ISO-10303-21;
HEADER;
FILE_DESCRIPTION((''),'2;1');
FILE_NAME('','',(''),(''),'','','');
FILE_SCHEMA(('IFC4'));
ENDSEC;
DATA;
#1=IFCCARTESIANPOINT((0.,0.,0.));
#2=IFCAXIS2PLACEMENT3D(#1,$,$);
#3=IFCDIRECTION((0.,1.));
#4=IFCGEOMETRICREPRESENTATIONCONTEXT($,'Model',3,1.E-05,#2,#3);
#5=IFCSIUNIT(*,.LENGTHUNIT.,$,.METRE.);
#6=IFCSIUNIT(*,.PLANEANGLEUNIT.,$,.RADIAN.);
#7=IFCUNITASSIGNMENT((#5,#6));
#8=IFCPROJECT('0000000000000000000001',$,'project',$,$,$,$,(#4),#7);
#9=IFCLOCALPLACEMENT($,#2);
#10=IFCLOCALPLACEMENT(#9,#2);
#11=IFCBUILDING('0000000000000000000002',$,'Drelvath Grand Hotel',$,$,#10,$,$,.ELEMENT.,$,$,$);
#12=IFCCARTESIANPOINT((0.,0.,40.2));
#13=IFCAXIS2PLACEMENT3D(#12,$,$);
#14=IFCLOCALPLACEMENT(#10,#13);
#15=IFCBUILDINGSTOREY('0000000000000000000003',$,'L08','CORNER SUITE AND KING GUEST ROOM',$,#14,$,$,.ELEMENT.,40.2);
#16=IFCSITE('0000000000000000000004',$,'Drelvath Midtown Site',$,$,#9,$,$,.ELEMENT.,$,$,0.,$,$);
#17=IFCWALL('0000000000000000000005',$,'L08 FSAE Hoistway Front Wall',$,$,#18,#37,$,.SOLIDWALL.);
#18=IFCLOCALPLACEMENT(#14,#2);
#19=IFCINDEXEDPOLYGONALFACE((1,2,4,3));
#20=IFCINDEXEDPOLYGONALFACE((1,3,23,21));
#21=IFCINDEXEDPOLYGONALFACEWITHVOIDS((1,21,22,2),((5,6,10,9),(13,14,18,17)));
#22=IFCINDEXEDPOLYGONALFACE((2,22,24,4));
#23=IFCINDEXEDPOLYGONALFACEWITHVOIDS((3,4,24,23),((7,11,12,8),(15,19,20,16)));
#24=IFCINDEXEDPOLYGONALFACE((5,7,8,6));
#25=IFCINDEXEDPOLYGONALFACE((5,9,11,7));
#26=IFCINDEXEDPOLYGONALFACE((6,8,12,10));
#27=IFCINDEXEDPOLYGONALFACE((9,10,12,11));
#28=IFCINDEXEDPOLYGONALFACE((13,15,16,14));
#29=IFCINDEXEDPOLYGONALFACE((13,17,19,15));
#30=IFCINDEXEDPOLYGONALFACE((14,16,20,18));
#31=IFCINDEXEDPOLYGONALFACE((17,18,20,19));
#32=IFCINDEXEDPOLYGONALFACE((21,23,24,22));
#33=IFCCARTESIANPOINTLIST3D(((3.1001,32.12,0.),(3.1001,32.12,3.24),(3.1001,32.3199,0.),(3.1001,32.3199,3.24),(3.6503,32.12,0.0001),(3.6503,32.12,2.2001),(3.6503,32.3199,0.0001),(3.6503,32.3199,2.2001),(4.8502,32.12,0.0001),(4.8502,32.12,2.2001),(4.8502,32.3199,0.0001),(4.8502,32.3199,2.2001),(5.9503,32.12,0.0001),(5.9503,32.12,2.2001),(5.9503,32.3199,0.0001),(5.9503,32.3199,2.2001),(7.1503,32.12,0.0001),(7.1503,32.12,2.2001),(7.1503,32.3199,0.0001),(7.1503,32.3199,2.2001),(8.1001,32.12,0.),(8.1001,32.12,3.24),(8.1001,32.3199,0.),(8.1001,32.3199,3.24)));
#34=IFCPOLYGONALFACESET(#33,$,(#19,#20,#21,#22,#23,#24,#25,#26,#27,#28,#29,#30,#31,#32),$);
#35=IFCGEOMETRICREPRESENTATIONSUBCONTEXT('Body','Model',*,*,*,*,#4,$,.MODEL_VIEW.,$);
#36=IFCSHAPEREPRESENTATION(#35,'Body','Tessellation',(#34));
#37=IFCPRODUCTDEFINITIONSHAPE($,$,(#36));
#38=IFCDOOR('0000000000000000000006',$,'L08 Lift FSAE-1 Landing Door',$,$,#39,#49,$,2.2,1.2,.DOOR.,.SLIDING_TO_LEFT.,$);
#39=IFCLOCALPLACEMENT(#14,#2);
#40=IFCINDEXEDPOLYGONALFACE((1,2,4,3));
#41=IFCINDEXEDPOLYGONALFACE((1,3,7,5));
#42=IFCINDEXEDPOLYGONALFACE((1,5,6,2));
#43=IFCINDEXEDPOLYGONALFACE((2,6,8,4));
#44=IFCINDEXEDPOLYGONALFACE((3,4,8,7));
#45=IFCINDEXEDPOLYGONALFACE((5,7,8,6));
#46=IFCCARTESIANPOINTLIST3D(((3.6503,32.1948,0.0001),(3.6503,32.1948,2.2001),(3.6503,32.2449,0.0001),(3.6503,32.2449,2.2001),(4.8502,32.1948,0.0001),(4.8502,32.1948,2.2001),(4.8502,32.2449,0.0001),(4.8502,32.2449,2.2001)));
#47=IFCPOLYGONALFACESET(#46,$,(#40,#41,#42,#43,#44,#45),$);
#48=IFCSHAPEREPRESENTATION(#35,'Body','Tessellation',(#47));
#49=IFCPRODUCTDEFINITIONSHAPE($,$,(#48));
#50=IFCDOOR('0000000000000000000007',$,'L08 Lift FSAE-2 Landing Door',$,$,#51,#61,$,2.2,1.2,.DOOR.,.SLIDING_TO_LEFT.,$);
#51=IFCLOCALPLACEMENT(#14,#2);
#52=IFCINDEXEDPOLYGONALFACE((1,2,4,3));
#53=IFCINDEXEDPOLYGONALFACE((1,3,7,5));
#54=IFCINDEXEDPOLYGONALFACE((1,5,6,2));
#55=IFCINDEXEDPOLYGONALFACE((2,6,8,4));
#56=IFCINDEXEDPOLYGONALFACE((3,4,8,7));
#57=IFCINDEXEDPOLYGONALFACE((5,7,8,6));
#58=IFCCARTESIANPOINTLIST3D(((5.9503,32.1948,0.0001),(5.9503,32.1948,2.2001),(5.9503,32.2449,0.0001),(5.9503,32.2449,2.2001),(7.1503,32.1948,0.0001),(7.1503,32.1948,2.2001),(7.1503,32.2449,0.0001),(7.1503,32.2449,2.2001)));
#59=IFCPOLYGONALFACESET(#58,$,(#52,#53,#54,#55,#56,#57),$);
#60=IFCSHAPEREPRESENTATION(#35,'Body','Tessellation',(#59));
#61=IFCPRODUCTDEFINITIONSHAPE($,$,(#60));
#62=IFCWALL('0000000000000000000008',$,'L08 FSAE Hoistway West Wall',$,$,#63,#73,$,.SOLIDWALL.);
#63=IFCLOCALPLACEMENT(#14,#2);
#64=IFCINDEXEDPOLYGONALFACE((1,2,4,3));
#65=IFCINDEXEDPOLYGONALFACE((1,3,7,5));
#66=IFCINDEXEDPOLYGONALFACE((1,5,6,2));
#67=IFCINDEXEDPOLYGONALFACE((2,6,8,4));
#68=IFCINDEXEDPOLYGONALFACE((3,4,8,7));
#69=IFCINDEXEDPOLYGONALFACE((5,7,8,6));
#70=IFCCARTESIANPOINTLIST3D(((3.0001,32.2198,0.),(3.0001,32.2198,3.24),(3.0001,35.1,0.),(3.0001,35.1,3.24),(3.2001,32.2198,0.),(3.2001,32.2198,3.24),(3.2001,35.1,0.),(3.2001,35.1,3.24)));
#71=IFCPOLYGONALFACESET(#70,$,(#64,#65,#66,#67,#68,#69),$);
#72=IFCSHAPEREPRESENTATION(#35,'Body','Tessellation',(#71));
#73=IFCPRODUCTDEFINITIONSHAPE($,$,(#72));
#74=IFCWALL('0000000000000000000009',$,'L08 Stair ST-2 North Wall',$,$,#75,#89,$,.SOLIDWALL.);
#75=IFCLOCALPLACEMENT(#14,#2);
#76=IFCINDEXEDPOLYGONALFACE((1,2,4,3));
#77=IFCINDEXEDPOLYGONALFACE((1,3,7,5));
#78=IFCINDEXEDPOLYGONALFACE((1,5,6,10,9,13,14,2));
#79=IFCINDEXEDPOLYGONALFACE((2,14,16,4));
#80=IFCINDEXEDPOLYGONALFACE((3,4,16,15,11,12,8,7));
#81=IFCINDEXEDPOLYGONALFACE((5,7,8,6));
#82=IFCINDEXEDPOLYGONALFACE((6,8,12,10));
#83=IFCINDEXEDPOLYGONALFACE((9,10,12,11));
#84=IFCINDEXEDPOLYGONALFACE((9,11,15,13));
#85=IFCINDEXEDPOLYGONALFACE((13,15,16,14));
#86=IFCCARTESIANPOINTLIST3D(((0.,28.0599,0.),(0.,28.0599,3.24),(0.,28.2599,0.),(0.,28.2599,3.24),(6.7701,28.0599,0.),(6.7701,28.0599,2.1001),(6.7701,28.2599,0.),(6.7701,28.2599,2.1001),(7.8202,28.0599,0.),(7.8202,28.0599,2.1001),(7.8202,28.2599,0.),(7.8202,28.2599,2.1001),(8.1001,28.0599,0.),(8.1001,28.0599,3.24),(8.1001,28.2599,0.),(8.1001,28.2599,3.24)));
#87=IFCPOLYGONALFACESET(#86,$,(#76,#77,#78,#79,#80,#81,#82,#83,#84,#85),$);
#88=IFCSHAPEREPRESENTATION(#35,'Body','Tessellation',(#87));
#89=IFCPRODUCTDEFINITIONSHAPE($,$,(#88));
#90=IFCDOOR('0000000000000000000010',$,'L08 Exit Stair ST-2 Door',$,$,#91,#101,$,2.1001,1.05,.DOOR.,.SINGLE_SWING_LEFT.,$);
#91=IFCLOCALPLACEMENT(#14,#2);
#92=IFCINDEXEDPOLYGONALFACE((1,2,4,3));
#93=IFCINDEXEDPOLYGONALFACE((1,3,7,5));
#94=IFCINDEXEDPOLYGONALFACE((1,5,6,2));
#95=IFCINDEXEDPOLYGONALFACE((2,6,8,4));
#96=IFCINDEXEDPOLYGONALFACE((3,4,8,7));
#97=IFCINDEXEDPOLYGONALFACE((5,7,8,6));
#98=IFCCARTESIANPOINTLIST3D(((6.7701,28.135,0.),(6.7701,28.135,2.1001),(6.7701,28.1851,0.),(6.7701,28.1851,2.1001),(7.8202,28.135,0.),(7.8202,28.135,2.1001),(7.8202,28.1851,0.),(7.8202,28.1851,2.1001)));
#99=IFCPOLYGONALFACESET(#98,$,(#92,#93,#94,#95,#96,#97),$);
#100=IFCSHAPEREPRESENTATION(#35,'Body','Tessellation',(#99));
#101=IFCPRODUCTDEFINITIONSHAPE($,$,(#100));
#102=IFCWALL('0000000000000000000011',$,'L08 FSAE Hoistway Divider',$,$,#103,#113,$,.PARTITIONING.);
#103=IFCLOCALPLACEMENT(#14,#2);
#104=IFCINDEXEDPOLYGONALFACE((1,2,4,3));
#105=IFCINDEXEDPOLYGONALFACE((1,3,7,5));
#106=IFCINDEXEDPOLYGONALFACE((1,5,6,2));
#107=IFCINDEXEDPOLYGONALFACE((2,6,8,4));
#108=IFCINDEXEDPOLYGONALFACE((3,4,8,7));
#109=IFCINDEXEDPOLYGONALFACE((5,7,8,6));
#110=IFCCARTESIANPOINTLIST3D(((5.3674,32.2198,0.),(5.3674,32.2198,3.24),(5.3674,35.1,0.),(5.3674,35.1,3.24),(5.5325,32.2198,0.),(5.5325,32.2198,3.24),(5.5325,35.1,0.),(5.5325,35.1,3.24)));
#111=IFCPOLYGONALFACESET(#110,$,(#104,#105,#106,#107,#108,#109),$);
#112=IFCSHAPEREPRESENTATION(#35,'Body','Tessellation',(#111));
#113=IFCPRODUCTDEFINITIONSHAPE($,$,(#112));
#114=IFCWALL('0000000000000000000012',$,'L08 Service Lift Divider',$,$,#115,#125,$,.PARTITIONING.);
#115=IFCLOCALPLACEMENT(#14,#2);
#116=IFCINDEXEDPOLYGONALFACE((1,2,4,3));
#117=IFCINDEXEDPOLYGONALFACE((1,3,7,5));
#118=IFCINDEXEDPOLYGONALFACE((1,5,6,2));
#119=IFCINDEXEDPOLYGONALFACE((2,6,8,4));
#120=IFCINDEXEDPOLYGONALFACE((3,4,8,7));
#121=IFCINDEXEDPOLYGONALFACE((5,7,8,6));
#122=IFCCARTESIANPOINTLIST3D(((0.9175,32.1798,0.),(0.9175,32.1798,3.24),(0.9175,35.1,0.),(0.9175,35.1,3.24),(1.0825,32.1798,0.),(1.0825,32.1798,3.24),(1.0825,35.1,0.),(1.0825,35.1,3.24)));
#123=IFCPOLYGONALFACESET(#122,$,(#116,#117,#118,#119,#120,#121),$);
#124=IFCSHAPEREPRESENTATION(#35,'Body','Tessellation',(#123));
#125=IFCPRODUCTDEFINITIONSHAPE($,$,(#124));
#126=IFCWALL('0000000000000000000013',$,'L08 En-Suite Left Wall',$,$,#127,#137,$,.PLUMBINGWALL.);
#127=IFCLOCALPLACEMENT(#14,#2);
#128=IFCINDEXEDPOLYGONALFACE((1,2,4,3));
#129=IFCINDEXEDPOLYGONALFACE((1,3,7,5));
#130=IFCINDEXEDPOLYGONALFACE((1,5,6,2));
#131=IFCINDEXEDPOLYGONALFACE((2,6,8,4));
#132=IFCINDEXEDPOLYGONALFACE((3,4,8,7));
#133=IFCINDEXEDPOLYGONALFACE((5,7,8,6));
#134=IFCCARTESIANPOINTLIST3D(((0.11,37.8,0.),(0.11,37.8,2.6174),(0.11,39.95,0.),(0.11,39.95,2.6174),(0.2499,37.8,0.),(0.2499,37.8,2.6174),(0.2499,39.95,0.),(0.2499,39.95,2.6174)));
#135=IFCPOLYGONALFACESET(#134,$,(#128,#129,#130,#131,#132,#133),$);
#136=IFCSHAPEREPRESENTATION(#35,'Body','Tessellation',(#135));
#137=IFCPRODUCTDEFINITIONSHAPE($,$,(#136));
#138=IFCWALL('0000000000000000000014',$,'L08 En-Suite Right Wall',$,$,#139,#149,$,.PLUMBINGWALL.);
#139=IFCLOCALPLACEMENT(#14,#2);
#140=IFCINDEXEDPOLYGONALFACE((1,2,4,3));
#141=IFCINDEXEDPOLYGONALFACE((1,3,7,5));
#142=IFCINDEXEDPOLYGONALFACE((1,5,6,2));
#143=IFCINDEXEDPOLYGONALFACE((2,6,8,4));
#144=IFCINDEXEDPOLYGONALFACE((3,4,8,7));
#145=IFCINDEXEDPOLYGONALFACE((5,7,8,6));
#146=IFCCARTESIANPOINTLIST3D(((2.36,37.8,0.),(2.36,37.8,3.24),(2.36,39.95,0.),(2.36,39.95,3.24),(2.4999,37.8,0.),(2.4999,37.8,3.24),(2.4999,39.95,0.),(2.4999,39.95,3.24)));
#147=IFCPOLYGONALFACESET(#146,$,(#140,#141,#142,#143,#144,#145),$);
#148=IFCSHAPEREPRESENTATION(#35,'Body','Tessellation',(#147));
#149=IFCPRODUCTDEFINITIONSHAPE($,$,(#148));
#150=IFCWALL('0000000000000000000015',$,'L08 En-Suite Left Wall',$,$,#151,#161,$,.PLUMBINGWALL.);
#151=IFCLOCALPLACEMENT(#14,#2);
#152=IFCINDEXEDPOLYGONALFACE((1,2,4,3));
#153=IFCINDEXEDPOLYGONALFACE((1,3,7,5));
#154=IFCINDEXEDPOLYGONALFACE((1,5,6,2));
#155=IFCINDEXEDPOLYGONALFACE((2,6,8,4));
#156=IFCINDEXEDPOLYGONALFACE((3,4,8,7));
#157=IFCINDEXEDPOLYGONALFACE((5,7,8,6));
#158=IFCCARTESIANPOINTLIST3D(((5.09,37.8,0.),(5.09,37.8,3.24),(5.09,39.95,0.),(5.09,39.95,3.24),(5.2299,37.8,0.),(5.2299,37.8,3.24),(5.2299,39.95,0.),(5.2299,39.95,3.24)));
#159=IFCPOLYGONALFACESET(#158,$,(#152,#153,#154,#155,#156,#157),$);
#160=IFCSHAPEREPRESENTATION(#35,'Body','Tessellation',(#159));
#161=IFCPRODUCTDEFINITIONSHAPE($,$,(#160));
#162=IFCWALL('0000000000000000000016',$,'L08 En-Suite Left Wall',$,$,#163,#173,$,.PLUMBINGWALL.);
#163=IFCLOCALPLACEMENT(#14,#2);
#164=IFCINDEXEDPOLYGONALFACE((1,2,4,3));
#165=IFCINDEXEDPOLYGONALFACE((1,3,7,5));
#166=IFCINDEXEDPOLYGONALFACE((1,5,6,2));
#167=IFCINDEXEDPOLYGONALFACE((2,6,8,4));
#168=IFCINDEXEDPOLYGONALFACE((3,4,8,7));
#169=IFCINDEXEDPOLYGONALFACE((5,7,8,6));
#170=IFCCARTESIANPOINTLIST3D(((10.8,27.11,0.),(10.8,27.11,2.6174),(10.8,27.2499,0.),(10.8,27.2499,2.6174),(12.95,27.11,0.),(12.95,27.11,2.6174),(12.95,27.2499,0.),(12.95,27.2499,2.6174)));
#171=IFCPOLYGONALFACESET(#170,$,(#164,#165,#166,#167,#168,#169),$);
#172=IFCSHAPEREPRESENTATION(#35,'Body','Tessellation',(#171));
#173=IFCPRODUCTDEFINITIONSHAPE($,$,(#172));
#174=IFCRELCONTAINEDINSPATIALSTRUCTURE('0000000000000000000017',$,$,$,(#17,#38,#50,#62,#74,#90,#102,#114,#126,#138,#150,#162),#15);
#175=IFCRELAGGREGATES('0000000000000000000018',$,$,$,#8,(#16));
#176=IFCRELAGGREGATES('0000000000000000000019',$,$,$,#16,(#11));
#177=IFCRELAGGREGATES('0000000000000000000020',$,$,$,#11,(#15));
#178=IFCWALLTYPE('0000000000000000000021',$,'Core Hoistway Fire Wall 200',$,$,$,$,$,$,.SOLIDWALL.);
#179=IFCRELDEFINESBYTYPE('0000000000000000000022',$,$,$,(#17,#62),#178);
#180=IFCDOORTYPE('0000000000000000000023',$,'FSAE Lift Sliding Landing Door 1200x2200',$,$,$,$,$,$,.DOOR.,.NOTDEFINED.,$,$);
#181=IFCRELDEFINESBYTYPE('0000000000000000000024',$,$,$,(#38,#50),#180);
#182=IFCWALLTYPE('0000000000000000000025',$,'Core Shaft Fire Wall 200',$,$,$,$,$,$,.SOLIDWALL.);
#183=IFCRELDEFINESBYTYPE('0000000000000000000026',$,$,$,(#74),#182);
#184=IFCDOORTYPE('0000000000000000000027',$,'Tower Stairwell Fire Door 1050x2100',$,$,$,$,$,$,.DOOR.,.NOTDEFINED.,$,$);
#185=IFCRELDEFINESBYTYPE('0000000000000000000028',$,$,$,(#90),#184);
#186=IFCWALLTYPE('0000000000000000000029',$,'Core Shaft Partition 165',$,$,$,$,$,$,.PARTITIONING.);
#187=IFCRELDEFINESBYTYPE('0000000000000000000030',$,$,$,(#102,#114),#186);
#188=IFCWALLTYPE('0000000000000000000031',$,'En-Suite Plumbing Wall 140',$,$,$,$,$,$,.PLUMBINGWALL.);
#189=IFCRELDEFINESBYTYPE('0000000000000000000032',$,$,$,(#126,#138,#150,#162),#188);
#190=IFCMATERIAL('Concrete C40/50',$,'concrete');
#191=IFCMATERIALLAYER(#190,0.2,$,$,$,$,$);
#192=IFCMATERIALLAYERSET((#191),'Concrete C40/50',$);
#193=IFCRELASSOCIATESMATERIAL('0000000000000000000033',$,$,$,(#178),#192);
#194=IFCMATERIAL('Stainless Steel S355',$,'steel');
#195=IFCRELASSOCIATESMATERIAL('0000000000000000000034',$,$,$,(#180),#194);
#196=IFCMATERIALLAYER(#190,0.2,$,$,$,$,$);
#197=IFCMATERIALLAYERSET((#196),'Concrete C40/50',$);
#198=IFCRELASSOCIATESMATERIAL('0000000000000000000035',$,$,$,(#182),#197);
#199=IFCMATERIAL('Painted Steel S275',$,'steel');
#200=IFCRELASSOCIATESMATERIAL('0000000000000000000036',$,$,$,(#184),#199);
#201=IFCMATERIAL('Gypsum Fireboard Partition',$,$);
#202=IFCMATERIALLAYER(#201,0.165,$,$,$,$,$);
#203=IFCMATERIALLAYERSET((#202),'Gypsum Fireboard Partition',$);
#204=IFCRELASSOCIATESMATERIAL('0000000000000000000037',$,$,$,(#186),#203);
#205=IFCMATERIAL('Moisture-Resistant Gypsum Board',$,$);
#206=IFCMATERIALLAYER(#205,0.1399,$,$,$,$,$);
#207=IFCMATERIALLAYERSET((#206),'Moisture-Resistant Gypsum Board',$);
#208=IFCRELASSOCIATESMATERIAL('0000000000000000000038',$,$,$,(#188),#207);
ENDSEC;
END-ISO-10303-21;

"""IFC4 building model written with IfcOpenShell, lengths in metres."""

from ifc_helpers import new_model, si_unit, direction, frame, frame_2d, origin, place, context, subcontext, project, spatial, rectangle, extrude, material, layer, layer_set, type_object, element, fill, save


model = new_model("IFC4")

# Units and contexts
model_context = context("Model", 3, precision=1e-05, world=origin(), true_north=direction((0.0, 1.0)))
body_context = subcontext(model_context, "Body", "Model", "MODEL_VIEW")
ifc_project = project(units=[si_unit("LENGTHUNIT", "METRE"), si_unit("PLANEANGLEUNIT", "RADIAN")], contexts=[model_context])

# Site, building, storey
site_placement = place(None, origin())
site = spatial("IfcSite", under=ifc_project, at=site_placement, Name="Drelvath Midtown Site", CompositionType="ELEMENT", RefElevation=0.0)
building_placement = place(site_placement, origin())
building = spatial("IfcBuilding", under=site, at=building_placement, Name="Drelvath Grand Hotel", CompositionType="ELEMENT")
storey_placement = place(building_placement, frame((0.0, 0.0, 40.2)))
storey = spatial("IfcBuildingStorey", under=building, at=storey_placement, Name="L08", Description="CORNER SUITE AND KING GUEST ROOM", CompositionType="ELEMENT", Elevation=40.2)

# Wall, openings, doors
ifc_material_1 = material(Name="Concrete C40/50", Category="concrete")
ifc_layer_1 = layer(ifc_material_1, 0.2)
ifc_layer_set_1 = layer_set([ifc_layer_1], Name="Concrete C40/50")
wall_type_1 = type_object("IfcWallType", Name="Core Hoistway Fire Wall 200", PredefinedType="SOLIDWALL", material=ifc_layer_set_1)
wall_1_placement = place(storey_placement, frame((3.1001, 32.22, 0.0), z_axis=(0.0, 0.0, 1.0), x_axis=(1.0, 0.0, 0.0)))
wall_1 = element("IfcWall", 1, at=wall_1_placement, inside=storey, type_object=wall_type_1, Name="L08 FSAE Hoistway Front Wall", PredefinedType="SOLIDWALL", context=body_context, shape_type="SweptSolid", body=[
    extrude(rectangle(XDim=5.0, YDim=0.2, at=frame_2d((2.5, 0.0))), origin(), (0.0, 0.0, 1.0), 3.24),
])
opening_1_placement = place(wall_1_placement, frame((0.55, 0.0, 0.0)))
opening_1 = element("IfcOpeningElement", 2, at=opening_1_placement, cuts=wall_1, PredefinedType="OPENING", context=body_context, shape_type="SweptSolid", body=[
    extrude(rectangle(XDim=1.2, YDim=2.2, at=frame_2d((0.6001, 1.1001))), frame((0.0, 0.1099, 0.0), z_axis=(0.0, -1.0, 0.0), x_axis=(1.0, 0.0, 0.0)), (0.0, 0.0, 1.0), 0.22),
])
opening_2_placement = place(wall_1_placement, frame((2.8501, 0.0, 0.0)))
opening_2 = element("IfcOpeningElement", 3, at=opening_2_placement, cuts=wall_1, PredefinedType="OPENING", context=body_context, shape_type="SweptSolid", body=[
    extrude(rectangle(XDim=1.2, YDim=2.2, at=frame_2d((0.6001, 1.1001))), frame((0.0, 0.1099, 0.0), z_axis=(0.0, -1.0, 0.0), x_axis=(1.0, 0.0, 0.0)), (0.0, 0.0, 1.0), 0.22),
])
ifc_material_2 = material(Name="Stainless Steel S355", Category="steel")
door_type_1 = type_object("IfcDoorType", Name="FSAE Lift Sliding Landing Door 1200x2200", OperationType="NOTDEFINED", PredefinedType="DOOR", material=ifc_material_2)
door_1_placement = place(opening_1_placement, origin())
door_1 = element("IfcDoor", 4, at=door_1_placement, inside=storey, type_object=door_type_1, Name="L08 Lift FSAE-1 Landing Door", OperationType="SLIDING_TO_LEFT", OverallHeight=2.2, OverallWidth=1.2, PredefinedType="DOOR", context=body_context, shape_type="SweptSolid", body=[
    extrude(rectangle(XDim=1.2, YDim=2.2, at=frame_2d((0.6001, 1.1001))), frame((0.0, 0.0249, 0.0), z_axis=(0.0, -1.0, 0.0), x_axis=(1.0, 0.0, 0.0)), (0.0, 0.0, 1.0), 0.05),
])
fill(opening_1, door_1)
door_2_placement = place(opening_2_placement, origin())
door_2 = element("IfcDoor", 5, at=door_2_placement, inside=storey, type_object=door_type_1, Name="L08 Lift FSAE-2 Landing Door", OperationType="SLIDING_TO_LEFT", OverallHeight=2.2, OverallWidth=1.2, PredefinedType="DOOR", context=body_context, shape_type="SweptSolid", body=[
    extrude(rectangle(XDim=1.2, YDim=2.2, at=frame_2d((0.6001, 1.1001))), frame((0.0, 0.0249, 0.0), z_axis=(0.0, -1.0, 0.0), x_axis=(1.0, 0.0, 0.0)), (0.0, 0.0, 1.0), 0.05),
])
fill(opening_2, door_2)

# Wall
wall_2_placement = place(storey_placement, frame((3.1001, 32.22, 0.0), z_axis=(0.0, 0.0, 1.0), x_axis=(0.0, 1.0, 0.0)))
element("IfcWall", 6, at=wall_2_placement, inside=storey, type_object=wall_type_1, Name="L08 FSAE Hoistway West Wall", PredefinedType="SOLIDWALL", context=body_context, shape_type="SweptSolid", body=[
    extrude(rectangle(XDim=2.8801, YDim=0.2, at=frame_2d((1.4399, 0.0))), origin(), (0.0, 0.0, 1.0), 3.24),
])

# Wall, opening, door
ifc_layer_2 = layer(ifc_material_1, 0.2)
ifc_layer_set_2 = layer_set([ifc_layer_2], Name="Concrete C40/50")
wall_type_2 = type_object("IfcWallType", Name="Core Shaft Fire Wall 200", PredefinedType="SOLIDWALL", material=ifc_layer_set_2)
wall_3_placement = place(storey_placement, frame((8.1001, 28.1599, 0.0), z_axis=(0.0, 0.0, 1.0), x_axis=(-1.0, 0.0, 0.0)))
wall_3 = element("IfcWall", 7, at=wall_3_placement, inside=storey, type_object=wall_type_2, Name="L08 Stair ST-2 North Wall", PredefinedType="SOLIDWALL", context=body_context, shape_type="SweptSolid", body=[
    extrude(rectangle(XDim=8.1001, YDim=0.2, at=frame_2d((4.05, 0.0))), origin(), (0.0, 0.0, 1.0), 3.24),
])
opening_3_placement = place(wall_3_placement, frame((0.28, 0.0, 0.0)))
opening_3 = element("IfcOpeningElement", 8, at=opening_3_placement, cuts=wall_3, PredefinedType="OPENING", context=body_context, shape_type="SweptSolid", body=[
    extrude(rectangle(XDim=1.05, YDim=2.1001, at=frame_2d((0.5249, 1.05))), frame((0.0, 0.1099, 0.0), z_axis=(0.0, -1.0, 0.0), x_axis=(1.0, 0.0, 0.0)), (0.0, 0.0, 1.0), 0.22),
])
ifc_material_3 = material(Name="Painted Steel S275", Category="steel")
door_type_2 = type_object("IfcDoorType", Name="Tower Stairwell Fire Door 1050x2100", OperationType="NOTDEFINED", PredefinedType="DOOR", material=ifc_material_3)
door_3_placement = place(opening_3_placement, origin())
door_3 = element("IfcDoor", 9, at=door_3_placement, inside=storey, type_object=door_type_2, Name="L08 Exit Stair ST-2 Door", OperationType="SINGLE_SWING_LEFT", OverallHeight=2.1001, OverallWidth=1.05, PredefinedType="DOOR", context=body_context, shape_type="SweptSolid", body=[
    extrude(rectangle(XDim=1.05, YDim=2.1001, at=frame_2d((0.5249, 1.05))), frame((0.0, 0.0249, 0.0), z_axis=(0.0, -1.0, 0.0), x_axis=(1.0, 0.0, 0.0)), (0.0, 0.0, 1.0), 0.05),
])
fill(opening_3, door_3)

# Walls
ifc_material_4 = material(Name="Gypsum Fireboard Partition")
ifc_layer_3 = layer(ifc_material_4, 0.165)
ifc_layer_set_3 = layer_set([ifc_layer_3], Name="Gypsum Fireboard Partition")
wall_type_3 = type_object("IfcWallType", Name="Core Shaft Partition 165", PredefinedType="PARTITIONING", material=ifc_layer_set_3)
wall_4_placement = place(storey_placement, frame((5.45, 32.22, 0.0), z_axis=(0.0, 0.0, 1.0), x_axis=(0.0, 1.0, 0.0)))
element("IfcWall", 10, at=wall_4_placement, inside=storey, type_object=wall_type_3, Name="L08 FSAE Hoistway Divider", PredefinedType="PARTITIONING", context=body_context, shape_type="SweptSolid", body=[
    extrude(rectangle(XDim=2.8801, YDim=0.165, at=frame_2d((1.4399, 0.0))), origin(), (0.0, 0.0, 1.0), 3.24),
])
wall_5_placement = place(storey_placement, frame((1.0, 32.1799, 0.0), z_axis=(0.0, 0.0, 1.0), x_axis=(0.0, 1.0, 0.0)))
element("IfcWall", 11, at=wall_5_placement, inside=storey, type_object=wall_type_3, Name="L08 Service Lift Divider", PredefinedType="PARTITIONING", context=body_context, shape_type="SweptSolid", body=[
    extrude(rectangle(XDim=2.9202, YDim=0.165, at=frame_2d((1.46, 0.0))), origin(), (0.0, 0.0, 1.0), 3.24),
])
ifc_material_5 = material(Name="Moisture-Resistant Gypsum Board")
ifc_layer_4 = layer(ifc_material_5, 0.1399)
ifc_layer_set_4 = layer_set([ifc_layer_4], Name="Moisture-Resistant Gypsum Board")
wall_type_4 = type_object("IfcWallType", Name="En-Suite Plumbing Wall 140", PredefinedType="PLUMBINGWALL", material=ifc_layer_set_4)
wall_6_placement = place(storey_placement, frame((0.1799, 37.8, 0.0), z_axis=(0.0, 0.0, 1.0), x_axis=(0.0, 1.0, 0.0)))
element("IfcWall", 12, at=wall_6_placement, inside=storey, type_object=wall_type_4, Name="L08 En-Suite Left Wall", PredefinedType="PLUMBINGWALL", context=body_context, shape_type="SweptSolid", body=[
    extrude(rectangle(XDim=2.1499, YDim=0.1399, at=frame_2d((1.075, 0.0))), origin(), (0.0, 0.0, 1.0), 2.6174),
])
for number, where, z_axis, x_axis, name in (
    (13, (2.4299, 37.8, 0.0), (0.0, 0.0, 1.0), (0.0, 1.0, 0.0), "L08 En-Suite Right Wall"),
    (14, (5.1599, 37.8, 0.0), (0.0, 0.0, 1.0), (0.0, 1.0, 0.0), "L08 En-Suite Left Wall"),
):
    element("IfcWall", number, at=place(storey_placement, frame(where, z_axis=z_axis, x_axis=x_axis)), inside=storey, type_object=wall_type_4, Name=name, PredefinedType="PLUMBINGWALL", context=body_context, shape_type="SweptSolid", body=[
        extrude(rectangle(XDim=2.1499, YDim=0.1399, at=frame_2d((1.075, 0.0))), origin(), (0.0, 0.0, 1.0), 3.24),
    ])
wall_7_placement = place(storey_placement, frame((10.8, 27.1799, 0.0), z_axis=(0.0, 0.0, 1.0), x_axis=(1.0, 0.0, 0.0)))
element("IfcWall", 15, at=wall_7_placement, inside=storey, type_object=wall_type_4, Name="L08 En-Suite Left Wall", PredefinedType="PLUMBINGWALL", context=body_context, shape_type="SweptSolid", body=[
    extrude(rectangle(XDim=2.1499, YDim=0.1399, at=frame_2d((1.075, 0.0))), origin(), (0.0, 0.0, 1.0), 2.6174),
])

save(model, "model.ifc")
